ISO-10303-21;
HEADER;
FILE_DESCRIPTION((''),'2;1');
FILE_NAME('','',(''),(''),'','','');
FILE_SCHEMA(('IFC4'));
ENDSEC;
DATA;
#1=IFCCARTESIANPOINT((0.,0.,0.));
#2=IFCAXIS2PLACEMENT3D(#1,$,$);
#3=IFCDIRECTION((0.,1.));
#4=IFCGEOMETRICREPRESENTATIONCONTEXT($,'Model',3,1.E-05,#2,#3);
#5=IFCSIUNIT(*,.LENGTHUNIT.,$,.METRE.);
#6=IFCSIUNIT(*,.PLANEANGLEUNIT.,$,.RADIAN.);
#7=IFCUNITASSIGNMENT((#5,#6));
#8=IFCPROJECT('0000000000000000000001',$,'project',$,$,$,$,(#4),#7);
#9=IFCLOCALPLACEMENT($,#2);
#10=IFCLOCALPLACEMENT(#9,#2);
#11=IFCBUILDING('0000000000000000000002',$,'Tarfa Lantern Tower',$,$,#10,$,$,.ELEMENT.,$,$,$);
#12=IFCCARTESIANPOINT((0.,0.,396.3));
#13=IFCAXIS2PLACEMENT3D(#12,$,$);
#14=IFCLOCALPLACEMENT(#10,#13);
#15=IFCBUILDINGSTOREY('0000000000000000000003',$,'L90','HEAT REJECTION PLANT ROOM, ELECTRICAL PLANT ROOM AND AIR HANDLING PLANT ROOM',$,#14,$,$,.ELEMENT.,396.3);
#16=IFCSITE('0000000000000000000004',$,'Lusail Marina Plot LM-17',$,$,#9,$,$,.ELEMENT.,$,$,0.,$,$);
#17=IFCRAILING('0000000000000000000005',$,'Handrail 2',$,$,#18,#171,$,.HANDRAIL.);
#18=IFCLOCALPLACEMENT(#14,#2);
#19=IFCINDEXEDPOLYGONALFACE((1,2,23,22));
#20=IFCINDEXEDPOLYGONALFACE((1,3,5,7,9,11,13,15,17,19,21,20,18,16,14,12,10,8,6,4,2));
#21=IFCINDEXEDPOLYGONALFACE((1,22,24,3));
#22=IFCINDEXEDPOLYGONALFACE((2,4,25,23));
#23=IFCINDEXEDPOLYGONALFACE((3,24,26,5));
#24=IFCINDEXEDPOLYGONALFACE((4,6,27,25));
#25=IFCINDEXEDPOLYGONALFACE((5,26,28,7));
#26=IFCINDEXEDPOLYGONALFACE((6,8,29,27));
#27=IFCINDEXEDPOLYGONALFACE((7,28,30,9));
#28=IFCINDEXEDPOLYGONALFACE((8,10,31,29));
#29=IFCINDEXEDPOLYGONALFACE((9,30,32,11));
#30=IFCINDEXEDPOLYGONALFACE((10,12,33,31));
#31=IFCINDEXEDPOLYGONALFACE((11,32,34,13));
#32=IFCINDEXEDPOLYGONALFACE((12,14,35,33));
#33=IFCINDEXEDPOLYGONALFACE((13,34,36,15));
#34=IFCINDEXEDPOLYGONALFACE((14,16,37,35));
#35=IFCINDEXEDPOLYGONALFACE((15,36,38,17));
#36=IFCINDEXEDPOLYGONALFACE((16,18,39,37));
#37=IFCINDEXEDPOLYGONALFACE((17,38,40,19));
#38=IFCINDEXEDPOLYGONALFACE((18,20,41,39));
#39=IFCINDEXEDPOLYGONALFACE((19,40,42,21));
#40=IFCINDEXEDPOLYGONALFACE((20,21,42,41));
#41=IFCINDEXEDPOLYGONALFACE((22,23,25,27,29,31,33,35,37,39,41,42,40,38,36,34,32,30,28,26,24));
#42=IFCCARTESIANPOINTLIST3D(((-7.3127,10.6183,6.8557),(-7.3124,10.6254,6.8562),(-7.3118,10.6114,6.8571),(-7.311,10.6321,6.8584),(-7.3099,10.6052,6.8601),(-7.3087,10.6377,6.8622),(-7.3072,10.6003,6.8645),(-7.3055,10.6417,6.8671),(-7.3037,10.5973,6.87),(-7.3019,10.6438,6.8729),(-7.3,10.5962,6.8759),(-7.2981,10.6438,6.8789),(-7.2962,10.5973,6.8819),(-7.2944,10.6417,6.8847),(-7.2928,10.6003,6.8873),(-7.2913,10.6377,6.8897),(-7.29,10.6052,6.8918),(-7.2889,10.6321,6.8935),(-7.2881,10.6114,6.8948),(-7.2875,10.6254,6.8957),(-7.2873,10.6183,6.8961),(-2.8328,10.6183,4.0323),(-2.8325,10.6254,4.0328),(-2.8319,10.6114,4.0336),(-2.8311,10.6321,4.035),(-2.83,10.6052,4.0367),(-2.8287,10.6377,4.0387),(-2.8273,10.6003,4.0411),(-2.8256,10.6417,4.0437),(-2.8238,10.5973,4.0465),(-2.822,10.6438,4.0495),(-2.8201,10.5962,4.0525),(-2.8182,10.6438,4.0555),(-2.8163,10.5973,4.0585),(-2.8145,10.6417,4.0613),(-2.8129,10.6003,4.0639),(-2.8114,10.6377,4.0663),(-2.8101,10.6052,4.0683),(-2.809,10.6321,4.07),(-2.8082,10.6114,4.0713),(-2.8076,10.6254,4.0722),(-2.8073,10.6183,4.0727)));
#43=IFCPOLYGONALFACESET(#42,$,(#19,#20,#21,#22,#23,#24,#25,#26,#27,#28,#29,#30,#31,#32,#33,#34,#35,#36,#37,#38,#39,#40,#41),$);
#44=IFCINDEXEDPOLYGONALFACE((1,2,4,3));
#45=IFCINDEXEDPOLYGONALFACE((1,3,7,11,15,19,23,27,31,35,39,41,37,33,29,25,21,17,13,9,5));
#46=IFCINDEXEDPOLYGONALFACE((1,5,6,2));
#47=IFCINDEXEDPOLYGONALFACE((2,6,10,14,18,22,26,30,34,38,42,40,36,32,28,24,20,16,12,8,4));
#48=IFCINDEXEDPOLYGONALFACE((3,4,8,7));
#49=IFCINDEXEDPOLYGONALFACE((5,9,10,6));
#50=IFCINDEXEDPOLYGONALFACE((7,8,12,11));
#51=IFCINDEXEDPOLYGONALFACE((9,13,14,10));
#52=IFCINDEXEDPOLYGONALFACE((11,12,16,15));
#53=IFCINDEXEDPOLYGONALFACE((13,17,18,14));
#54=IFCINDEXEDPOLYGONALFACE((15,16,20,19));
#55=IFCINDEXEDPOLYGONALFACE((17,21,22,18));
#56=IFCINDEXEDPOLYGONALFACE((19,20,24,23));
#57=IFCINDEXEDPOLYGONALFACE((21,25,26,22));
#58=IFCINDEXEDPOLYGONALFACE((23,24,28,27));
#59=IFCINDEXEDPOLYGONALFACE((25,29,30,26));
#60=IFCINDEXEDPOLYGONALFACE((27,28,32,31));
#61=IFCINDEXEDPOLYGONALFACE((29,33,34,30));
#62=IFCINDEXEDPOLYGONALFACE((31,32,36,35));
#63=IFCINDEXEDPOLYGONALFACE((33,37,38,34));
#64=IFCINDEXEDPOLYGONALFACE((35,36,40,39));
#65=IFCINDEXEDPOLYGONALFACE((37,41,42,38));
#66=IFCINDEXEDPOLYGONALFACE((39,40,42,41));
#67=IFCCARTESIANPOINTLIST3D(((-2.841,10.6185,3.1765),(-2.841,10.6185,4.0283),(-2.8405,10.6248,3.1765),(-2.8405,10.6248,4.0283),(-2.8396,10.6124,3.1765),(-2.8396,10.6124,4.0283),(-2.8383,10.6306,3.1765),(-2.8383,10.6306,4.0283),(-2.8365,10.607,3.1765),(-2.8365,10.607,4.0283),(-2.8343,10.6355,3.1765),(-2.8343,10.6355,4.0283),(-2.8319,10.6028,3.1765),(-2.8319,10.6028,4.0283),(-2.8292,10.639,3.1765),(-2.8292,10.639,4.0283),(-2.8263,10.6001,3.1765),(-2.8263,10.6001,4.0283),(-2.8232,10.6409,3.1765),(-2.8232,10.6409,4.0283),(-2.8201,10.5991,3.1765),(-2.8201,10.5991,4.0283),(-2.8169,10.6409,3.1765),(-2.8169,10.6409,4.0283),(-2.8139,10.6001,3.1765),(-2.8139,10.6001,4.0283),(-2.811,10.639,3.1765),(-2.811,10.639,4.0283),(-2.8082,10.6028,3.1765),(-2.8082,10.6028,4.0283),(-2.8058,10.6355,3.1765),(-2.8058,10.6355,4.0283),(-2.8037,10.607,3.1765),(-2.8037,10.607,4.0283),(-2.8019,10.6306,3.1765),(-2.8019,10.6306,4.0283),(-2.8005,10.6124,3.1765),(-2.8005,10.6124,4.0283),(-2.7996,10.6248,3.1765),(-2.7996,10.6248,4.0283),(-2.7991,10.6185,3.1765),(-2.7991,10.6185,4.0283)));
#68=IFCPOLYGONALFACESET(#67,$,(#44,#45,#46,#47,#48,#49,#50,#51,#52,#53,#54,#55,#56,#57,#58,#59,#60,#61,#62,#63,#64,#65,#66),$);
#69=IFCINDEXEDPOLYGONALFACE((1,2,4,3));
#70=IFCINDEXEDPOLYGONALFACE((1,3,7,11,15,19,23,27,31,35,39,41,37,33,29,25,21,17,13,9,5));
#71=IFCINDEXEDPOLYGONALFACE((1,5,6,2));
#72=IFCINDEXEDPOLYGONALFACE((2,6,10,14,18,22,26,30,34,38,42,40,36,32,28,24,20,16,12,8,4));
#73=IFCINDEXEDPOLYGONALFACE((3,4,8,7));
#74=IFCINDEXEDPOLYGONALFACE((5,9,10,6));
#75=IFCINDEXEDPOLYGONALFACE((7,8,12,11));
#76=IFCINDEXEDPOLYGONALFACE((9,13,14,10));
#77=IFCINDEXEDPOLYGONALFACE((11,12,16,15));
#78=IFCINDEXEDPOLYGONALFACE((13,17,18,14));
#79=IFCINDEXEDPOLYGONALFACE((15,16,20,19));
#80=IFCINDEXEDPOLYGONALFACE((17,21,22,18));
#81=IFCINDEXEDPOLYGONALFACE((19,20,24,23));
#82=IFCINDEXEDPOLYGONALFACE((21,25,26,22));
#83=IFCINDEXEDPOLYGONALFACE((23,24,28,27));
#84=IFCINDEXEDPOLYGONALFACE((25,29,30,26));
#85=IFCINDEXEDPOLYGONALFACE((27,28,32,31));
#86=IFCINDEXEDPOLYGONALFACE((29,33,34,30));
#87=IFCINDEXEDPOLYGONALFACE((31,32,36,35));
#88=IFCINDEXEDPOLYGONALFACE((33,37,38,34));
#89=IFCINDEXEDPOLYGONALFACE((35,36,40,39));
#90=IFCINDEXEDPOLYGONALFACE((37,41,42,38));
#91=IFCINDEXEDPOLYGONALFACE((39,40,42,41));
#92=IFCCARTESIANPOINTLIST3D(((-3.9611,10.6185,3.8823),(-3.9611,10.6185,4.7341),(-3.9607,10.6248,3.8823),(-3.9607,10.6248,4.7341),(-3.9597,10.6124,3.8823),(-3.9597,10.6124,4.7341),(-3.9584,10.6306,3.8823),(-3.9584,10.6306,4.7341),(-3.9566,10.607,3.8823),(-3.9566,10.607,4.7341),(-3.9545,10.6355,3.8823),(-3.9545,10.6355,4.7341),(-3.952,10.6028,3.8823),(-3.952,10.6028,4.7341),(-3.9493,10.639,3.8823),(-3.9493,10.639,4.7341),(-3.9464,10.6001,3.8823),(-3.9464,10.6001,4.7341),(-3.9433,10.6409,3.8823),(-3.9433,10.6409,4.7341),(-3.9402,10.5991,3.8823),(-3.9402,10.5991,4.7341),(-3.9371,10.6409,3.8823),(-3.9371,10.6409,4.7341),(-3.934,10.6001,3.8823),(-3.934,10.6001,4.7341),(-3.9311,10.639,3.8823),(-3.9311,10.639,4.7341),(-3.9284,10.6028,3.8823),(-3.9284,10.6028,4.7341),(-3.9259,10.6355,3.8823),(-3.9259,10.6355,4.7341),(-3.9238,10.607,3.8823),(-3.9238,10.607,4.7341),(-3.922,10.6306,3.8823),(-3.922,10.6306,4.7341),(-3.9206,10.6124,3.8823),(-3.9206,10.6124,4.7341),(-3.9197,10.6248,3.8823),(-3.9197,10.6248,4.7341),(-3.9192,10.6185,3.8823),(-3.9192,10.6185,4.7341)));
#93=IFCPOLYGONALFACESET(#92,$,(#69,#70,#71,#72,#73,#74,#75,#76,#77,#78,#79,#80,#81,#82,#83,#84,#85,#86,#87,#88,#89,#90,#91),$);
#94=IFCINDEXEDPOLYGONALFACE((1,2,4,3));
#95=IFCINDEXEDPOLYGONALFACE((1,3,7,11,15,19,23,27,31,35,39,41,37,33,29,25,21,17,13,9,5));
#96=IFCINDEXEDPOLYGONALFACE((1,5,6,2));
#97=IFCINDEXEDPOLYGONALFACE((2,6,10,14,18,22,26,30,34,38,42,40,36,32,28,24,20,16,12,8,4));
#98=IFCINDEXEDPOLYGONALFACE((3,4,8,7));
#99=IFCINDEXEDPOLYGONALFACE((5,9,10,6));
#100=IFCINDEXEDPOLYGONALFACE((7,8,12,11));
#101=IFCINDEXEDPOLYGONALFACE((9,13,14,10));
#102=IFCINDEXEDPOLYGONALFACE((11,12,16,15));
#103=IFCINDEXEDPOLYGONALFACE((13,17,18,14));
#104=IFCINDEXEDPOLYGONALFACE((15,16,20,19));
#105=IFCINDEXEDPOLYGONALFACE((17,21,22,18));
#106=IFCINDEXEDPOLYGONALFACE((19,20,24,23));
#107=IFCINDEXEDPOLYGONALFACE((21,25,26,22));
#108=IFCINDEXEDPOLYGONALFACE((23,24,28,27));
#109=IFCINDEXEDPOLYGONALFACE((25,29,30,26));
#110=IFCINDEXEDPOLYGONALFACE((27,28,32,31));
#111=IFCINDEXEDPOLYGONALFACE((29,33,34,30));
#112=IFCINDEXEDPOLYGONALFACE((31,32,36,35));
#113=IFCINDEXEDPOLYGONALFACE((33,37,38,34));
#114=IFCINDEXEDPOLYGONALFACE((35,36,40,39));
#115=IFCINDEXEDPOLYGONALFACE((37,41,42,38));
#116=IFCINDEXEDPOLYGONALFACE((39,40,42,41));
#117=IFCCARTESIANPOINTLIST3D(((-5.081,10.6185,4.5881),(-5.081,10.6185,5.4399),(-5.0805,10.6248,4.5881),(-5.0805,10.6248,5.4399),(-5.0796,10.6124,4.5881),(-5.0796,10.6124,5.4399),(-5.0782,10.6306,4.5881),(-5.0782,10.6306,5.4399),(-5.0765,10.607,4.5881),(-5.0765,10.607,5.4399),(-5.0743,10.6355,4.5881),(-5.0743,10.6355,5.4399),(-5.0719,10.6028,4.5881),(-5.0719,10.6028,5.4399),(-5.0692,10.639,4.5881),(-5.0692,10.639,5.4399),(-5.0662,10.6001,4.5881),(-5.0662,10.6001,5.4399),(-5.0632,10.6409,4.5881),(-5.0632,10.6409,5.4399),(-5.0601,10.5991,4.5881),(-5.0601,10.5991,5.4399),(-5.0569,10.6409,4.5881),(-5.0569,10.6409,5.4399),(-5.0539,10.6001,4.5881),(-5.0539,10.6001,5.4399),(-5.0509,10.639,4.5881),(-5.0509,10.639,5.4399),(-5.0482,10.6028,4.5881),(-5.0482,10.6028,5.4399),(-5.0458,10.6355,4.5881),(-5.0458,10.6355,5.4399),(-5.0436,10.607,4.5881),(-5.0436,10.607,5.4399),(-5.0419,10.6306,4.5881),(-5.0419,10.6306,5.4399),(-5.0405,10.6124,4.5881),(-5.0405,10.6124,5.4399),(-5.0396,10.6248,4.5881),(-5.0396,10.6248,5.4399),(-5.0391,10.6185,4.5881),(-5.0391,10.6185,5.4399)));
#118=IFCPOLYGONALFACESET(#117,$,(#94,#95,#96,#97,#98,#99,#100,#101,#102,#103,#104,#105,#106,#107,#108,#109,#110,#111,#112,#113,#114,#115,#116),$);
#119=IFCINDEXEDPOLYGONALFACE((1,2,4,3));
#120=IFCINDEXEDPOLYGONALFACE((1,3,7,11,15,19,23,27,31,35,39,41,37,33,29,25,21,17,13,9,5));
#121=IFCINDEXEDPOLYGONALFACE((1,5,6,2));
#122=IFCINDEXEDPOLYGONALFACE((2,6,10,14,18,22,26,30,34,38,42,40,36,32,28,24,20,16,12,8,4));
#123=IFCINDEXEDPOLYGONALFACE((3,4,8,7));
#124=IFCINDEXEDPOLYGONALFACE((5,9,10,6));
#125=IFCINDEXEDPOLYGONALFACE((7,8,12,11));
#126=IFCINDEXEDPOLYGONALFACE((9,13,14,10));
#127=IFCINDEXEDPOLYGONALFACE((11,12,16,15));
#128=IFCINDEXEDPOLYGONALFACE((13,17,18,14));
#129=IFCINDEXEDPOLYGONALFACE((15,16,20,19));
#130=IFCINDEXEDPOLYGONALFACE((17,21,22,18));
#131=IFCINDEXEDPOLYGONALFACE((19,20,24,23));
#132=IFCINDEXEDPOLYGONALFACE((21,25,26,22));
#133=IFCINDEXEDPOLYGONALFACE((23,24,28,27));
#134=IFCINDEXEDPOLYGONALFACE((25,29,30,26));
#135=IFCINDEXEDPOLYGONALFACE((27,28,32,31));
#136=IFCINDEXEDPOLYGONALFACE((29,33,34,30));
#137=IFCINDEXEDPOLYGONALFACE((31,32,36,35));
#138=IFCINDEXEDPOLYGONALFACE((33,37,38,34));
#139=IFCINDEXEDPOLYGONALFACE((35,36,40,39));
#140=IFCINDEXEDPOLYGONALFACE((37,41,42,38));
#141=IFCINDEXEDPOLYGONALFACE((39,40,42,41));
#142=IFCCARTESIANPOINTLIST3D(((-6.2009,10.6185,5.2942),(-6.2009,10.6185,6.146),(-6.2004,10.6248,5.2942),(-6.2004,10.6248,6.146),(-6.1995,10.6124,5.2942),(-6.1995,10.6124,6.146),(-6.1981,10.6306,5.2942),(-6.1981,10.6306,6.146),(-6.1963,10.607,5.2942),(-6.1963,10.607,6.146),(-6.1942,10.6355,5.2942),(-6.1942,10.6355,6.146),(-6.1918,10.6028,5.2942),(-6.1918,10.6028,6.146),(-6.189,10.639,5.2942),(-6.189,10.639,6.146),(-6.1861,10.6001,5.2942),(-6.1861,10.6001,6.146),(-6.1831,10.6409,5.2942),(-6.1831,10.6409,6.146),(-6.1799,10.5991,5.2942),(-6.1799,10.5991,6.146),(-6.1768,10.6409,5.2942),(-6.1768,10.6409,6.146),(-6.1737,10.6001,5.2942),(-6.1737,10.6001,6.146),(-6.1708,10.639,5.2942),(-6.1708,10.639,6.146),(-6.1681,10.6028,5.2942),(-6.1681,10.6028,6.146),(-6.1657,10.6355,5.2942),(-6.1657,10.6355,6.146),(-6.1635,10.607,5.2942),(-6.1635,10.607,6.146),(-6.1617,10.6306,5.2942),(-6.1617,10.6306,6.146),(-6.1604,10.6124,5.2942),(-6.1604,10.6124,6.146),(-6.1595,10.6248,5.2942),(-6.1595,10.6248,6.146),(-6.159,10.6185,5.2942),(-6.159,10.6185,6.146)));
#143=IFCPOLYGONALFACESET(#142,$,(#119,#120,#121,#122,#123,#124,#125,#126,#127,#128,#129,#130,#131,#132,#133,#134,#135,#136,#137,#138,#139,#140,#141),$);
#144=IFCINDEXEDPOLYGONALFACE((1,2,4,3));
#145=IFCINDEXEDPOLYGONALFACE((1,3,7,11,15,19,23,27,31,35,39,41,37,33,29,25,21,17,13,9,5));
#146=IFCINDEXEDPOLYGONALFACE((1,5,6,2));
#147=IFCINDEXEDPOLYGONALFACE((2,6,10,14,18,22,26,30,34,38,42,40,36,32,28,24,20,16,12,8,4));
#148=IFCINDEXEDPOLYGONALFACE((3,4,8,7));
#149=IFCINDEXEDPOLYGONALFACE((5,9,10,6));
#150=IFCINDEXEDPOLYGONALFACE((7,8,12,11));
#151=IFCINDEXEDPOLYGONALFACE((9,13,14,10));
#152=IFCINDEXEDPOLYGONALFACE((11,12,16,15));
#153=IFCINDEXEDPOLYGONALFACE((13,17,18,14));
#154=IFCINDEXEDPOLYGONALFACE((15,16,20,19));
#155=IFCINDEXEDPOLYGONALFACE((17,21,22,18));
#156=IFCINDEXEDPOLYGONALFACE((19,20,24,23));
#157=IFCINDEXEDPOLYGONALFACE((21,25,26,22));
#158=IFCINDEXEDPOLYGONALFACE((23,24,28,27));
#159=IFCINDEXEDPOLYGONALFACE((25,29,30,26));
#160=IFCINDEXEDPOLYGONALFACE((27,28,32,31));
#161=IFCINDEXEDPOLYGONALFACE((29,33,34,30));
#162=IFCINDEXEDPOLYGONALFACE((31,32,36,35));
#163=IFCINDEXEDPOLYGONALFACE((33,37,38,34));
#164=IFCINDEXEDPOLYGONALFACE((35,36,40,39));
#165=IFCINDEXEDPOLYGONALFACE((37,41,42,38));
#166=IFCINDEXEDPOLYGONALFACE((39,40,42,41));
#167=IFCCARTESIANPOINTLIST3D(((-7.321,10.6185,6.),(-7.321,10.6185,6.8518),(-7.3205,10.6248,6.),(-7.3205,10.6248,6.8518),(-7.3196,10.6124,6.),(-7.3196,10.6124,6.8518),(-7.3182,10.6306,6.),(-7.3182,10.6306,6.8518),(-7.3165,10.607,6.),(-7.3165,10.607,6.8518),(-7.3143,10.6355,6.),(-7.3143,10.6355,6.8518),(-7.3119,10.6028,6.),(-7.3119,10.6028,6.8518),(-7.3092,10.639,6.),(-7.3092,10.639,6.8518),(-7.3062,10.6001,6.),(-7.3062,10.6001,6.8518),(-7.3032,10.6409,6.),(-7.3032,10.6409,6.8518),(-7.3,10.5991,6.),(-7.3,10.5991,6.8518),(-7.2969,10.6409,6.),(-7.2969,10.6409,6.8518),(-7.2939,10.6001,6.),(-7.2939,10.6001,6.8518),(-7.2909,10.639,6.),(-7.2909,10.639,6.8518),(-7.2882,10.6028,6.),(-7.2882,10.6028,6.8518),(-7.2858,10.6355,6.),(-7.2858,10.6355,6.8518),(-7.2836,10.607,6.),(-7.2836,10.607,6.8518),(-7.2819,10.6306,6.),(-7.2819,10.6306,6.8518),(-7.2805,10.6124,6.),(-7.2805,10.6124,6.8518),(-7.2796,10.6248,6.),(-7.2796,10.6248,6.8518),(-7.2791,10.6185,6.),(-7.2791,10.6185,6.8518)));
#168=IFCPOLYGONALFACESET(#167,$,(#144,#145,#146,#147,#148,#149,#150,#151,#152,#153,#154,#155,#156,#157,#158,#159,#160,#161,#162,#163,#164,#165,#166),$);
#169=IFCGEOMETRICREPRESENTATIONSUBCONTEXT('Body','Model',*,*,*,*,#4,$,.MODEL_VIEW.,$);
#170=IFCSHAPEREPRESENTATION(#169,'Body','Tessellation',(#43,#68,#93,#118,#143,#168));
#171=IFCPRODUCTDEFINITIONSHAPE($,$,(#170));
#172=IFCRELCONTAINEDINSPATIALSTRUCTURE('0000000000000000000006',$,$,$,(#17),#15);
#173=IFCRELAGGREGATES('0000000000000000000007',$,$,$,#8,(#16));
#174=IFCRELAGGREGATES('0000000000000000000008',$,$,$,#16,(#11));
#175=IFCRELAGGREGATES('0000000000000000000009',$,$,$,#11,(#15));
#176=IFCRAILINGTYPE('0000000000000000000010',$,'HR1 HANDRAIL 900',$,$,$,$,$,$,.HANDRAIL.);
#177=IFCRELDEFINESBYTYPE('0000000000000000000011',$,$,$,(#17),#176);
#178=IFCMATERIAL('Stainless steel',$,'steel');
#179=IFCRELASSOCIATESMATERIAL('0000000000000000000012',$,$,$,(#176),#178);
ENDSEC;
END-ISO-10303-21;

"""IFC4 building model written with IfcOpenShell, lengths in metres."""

from ifc_helpers import new_model, si_unit, direction, frame, origin, origin_2d, place, context, subcontext, project, spatial, circle, extrude, material, type_object, element, save


model = new_model("IFC4")

# Units and contexts
model_context = context("Model", 3, precision=1e-05, world=origin(), true_north=direction((0.0, 1.0)))
body_context = subcontext(model_context, "Body", "Model", "MODEL_VIEW")
ifc_project = project(units=[si_unit("LENGTHUNIT", "METRE"), si_unit("PLANEANGLEUNIT", "RADIAN")], contexts=[model_context])

# Site, building, storey
site_placement = place(None, origin())
site = spatial("IfcSite", under=ifc_project, at=site_placement, Name="Lusail Marina Plot LM-17", CompositionType="ELEMENT", RefElevation=0.0)
building_placement = place(site_placement, origin())
building = spatial("IfcBuilding", under=site, at=building_placement, Name="Tarfa Lantern Tower", CompositionType="ELEMENT")
storey_placement = place(building_placement, frame((0.0, 0.0, 396.3)))
storey = spatial("IfcBuildingStorey", under=building, at=storey_placement, Name="L90", Description="HEAT REJECTION PLANT ROOM, ELECTRICAL PLANT ROOM AND AIR HANDLING PLANT ROOM", CompositionType="ELEMENT", Elevation=396.3)

# Railing
ifc_material_1 = material(Name="Stainless steel", Category="steel")
railing_type = type_object("IfcRailingType", Name="HR1 HANDRAIL 900", PredefinedType="HANDRAIL", material=ifc_material_1)
railing_placement = place(storey_placement, frame((-2.8201, 10.6201, 3.1765)))
element("IfcRailing", 1, at=railing_placement, inside=storey, type_object=railing_type, Name="Handrail 2", PredefinedType="HANDRAIL", context=body_context, shape_type="SweptSolid", body=[
    extrude(circle(Radius=0.0239, at=origin_2d()), frame((0.0, 0.0, 0.876), z_axis=(-0.845998, 0.0, 0.533186), x_axis=(0.0, -1.0, 0.0)), (0.0, 0.0, 1.0), 5.2954),
    extrude(circle(Radius=0.021, at=origin_2d()), frame((0.0, 0.0, 0.0), z_axis=(0.0, 0.0, 1.0), x_axis=(0.0, -1.0, 0.0)), (0.0, 0.0, 1.0), 0.8518),
    extrude(circle(Radius=0.021, at=origin_2d()), frame((-1.1201, 0.0, 0.7058), z_axis=(0.0, 0.0, 1.0), x_axis=(0.0, -1.0, 0.0)), (0.0, 0.0, 1.0), 0.8518),
    extrude(circle(Radius=0.021, at=origin_2d()), frame((-2.24, 0.0, 1.4116), z_axis=(0.0, 0.0, 1.0), x_axis=(0.0, -1.0, 0.0)), (0.0, 0.0, 1.0), 0.8518),
    extrude(circle(Radius=0.021, at=origin_2d()), frame((-3.3599, 0.0, 2.1177), z_axis=(0.0, 0.0, 1.0), x_axis=(0.0, -1.0, 0.0)), (0.0, 0.0, 1.0), 0.8518),
    extrude(circle(Radius=0.021, at=origin_2d()), frame((-4.48, 0.0, 2.8235), z_axis=(0.0, 0.0, 1.0), x_axis=(0.0, -1.0, 0.0)), (0.0, 0.0, 1.0), 0.8518),
])

save(model, "model.ifc")
